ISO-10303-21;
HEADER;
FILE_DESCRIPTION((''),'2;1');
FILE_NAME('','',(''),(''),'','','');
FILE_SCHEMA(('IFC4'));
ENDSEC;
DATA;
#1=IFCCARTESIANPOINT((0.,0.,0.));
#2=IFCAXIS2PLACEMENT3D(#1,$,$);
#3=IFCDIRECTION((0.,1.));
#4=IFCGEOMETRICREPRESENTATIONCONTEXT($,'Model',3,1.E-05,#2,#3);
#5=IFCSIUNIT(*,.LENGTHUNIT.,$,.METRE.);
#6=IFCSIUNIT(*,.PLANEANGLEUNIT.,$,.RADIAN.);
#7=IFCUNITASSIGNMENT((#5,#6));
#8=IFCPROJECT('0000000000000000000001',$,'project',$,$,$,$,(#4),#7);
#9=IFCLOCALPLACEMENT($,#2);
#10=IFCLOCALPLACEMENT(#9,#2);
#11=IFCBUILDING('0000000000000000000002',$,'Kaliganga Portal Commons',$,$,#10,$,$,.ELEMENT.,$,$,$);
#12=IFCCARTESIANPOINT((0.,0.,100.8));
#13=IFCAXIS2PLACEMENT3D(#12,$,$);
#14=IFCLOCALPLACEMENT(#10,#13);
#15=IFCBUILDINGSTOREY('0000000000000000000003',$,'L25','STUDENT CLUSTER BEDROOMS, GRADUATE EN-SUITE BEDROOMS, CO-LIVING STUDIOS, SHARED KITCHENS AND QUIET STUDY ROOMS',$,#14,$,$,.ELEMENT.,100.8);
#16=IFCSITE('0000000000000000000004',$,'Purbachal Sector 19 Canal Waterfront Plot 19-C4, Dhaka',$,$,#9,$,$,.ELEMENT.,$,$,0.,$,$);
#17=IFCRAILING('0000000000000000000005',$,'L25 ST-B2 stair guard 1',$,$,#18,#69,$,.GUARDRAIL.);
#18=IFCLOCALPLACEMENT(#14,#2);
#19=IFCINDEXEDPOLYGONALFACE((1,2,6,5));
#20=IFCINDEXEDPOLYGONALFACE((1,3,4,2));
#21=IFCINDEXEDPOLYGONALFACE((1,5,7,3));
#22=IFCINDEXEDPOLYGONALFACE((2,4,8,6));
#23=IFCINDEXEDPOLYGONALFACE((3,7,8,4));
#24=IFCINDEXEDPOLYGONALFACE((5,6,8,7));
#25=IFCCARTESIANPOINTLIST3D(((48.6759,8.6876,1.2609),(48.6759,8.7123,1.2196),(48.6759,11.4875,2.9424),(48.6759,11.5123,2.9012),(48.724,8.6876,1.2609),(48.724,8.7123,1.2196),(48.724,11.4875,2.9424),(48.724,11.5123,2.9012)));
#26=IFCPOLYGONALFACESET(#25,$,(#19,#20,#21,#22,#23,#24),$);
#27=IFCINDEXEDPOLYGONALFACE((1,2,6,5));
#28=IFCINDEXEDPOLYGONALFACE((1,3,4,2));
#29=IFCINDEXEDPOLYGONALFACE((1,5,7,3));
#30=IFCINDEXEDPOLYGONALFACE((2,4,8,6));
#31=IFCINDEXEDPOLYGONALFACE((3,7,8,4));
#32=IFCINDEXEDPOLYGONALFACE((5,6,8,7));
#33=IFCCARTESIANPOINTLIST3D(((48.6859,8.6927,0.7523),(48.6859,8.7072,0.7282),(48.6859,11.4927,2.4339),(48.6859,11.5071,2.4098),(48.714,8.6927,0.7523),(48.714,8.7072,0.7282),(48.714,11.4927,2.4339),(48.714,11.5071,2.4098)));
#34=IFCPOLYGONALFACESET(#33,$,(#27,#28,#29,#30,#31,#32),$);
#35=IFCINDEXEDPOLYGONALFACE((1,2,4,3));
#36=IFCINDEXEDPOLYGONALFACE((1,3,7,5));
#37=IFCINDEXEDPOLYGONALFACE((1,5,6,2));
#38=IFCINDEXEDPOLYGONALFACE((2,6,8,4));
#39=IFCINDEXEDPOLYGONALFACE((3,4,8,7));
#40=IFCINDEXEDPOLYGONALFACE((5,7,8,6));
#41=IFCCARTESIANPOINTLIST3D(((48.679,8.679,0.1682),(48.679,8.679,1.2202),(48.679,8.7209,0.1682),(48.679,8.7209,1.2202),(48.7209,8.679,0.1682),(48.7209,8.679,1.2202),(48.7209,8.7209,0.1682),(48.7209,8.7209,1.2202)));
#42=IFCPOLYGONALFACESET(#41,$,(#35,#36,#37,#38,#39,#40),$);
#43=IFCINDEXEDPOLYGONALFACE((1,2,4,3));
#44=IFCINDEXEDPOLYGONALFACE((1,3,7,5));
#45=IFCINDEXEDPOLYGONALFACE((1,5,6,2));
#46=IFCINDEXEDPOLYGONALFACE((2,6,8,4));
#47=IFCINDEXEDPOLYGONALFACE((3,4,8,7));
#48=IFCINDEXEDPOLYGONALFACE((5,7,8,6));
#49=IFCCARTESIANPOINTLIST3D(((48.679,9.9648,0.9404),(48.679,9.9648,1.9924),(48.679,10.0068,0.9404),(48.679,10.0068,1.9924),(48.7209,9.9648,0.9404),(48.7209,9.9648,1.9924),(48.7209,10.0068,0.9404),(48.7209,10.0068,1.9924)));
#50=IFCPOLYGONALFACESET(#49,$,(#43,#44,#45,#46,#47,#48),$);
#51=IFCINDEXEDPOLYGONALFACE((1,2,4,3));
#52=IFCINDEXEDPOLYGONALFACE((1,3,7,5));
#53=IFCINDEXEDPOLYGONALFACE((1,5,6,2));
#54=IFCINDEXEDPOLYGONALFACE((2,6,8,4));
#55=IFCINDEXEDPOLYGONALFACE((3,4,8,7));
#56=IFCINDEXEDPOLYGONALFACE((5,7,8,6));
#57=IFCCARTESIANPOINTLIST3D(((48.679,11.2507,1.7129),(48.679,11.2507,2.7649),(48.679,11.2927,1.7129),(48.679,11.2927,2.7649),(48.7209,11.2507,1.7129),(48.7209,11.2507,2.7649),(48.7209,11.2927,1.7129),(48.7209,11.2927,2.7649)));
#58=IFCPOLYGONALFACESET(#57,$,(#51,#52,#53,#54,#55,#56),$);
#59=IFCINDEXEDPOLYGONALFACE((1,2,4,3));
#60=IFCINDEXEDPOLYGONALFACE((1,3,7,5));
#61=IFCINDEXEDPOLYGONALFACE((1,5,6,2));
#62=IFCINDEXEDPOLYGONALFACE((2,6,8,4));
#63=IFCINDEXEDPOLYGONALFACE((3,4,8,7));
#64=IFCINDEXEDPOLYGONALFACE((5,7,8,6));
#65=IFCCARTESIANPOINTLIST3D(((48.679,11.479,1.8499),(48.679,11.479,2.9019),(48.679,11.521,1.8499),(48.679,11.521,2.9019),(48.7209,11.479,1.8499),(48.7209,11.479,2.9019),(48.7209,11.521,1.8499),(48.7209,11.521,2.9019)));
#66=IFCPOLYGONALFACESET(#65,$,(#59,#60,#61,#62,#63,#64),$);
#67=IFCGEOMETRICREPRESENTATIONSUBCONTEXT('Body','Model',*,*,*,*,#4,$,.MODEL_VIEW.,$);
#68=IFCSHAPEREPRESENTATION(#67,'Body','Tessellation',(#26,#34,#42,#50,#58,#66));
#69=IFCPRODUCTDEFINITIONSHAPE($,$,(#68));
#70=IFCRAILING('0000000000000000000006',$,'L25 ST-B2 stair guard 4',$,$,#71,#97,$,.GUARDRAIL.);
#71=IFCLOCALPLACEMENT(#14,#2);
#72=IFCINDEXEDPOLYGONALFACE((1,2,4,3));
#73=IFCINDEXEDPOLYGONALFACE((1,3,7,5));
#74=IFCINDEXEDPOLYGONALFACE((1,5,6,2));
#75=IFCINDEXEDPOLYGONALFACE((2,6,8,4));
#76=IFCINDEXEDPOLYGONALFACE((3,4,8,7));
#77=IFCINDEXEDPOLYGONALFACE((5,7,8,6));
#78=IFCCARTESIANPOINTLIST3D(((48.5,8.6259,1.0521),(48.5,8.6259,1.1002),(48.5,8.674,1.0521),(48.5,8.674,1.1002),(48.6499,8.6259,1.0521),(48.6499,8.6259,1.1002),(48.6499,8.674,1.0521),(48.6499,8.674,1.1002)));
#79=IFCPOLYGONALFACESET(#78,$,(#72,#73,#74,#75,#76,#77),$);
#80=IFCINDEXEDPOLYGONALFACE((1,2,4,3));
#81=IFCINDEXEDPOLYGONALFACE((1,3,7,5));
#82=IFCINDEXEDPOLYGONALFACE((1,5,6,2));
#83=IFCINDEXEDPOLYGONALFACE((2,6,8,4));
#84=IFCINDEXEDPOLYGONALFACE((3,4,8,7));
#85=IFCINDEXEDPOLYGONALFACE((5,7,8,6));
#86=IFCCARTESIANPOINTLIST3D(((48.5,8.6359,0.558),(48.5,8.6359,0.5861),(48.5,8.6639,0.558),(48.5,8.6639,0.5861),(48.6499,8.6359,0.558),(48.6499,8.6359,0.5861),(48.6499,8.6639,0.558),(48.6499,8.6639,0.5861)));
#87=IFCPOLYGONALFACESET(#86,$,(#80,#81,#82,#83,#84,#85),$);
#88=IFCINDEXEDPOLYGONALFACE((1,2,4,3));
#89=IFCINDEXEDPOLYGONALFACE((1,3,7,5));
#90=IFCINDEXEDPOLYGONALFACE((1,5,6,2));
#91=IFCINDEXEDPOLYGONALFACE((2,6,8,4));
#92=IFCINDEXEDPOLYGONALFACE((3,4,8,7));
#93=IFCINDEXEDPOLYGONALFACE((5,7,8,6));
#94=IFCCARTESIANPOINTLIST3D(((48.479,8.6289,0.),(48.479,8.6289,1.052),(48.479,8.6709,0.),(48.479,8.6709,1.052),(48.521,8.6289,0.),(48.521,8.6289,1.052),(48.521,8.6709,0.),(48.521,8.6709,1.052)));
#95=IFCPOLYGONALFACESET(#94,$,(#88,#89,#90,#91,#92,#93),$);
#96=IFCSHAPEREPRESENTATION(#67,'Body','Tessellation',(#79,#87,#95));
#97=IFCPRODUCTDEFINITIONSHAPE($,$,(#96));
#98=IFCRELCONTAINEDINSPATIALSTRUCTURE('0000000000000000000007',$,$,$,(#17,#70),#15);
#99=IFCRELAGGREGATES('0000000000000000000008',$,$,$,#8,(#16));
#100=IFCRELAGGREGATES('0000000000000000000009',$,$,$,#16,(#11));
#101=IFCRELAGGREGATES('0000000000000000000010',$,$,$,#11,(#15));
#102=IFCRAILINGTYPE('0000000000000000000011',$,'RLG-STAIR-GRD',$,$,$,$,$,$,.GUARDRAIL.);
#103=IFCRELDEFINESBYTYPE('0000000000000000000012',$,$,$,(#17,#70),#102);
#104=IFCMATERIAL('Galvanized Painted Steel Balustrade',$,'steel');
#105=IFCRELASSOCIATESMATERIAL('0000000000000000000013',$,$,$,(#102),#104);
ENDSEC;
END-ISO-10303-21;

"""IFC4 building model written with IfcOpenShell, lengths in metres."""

from ifc_helpers import new_model, si_unit, direction, frame, origin, origin_2d, place, context, subcontext, project, spatial, rectangle, extrude, material, type_object, element, save


model = new_model("IFC4")

# Units and contexts
model_context = context("Model", 3, precision=1e-05, world=origin(), true_north=direction((0.0, 1.0)))
body_context = subcontext(model_context, "Body", "Model", "MODEL_VIEW")
ifc_project = project(units=[si_unit("LENGTHUNIT", "METRE"), si_unit("PLANEANGLEUNIT", "RADIAN")], contexts=[model_context])

# Site, building, storey
site_placement = place(None, origin())
site = spatial("IfcSite", under=ifc_project, at=site_placement, Name="Purbachal Sector 19 Canal Waterfront Plot 19-C4, Dhaka", CompositionType="ELEMENT", RefElevation=0.0)
building_placement = place(site_placement, origin())
building = spatial("IfcBuilding", under=site, at=building_placement, Name="Kaliganga Portal Commons", CompositionType="ELEMENT")
storey_placement = place(building_placement, frame((0.0, 0.0, 100.8)))
storey = spatial("IfcBuildingStorey", under=building, at=storey_placement, Name="L25", Description="STUDENT CLUSTER BEDROOMS, GRADUATE EN-SUITE BEDROOMS, CO-LIVING STUDIOS, SHARED KITCHENS AND QUIET STUDY ROOMS", CompositionType="ELEMENT", Elevation=100.8)

# Railings
ifc_material_1 = material(Name="Galvanized Painted Steel Balustrade", Category="steel")
railing_type = type_object("IfcRailingType", Name="RLG-STAIR-GRD", PredefinedType="GUARDRAIL", material=ifc_material_1)
railing_1_placement = place(storey_placement, frame((48.7, 8.7, 0.1682)))
element("IfcRailing", 1, at=railing_1_placement, inside=storey, type_object=railing_type, Name="L25 ST-B2 stair guard 1", PredefinedType="GUARDRAIL", context=body_context, shape_type="SweptSolid", body=[
    extrude(rectangle(XDim=0.0481, YDim=0.0481, at=origin_2d()), frame((0.0, 0.0, 1.072), z_axis=(0.0, 0.857275, 0.514858), x_axis=(-1.0, 0.0, 0.0)), (0.0, 0.0, 1.0), 3.2661),
    extrude(rectangle(XDim=0.0281, YDim=0.0281, at=origin_2d()), frame((0.0, 0.0, 0.572), z_axis=(0.0, 0.857275, 0.514858), x_axis=(-1.0, 0.0, 0.0)), (0.0, 0.0, 1.0), 3.2661),
    extrude(rectangle(XDim=0.042, YDim=0.042, at=origin_2d()), origin(), (0.0, 0.0, 1.0), 1.052),
    extrude(rectangle(XDim=0.042, YDim=0.042, at=origin_2d()), frame((0.0, 1.2859, 0.7722)), (0.0, 0.0, 1.0), 1.052),
    extrude(rectangle(XDim=0.042, YDim=0.042, at=origin_2d()), frame((0.0, 2.5718, 1.5447)), (0.0, 0.0, 1.0), 1.052),
    extrude(rectangle(XDim=0.042, YDim=0.042, at=origin_2d()), frame((0.0, 2.8, 1.6816)), (0.0, 0.0, 1.0), 1.052),
])
railing_2_placement = place(storey_placement, frame((48.6499, 8.6499, 0.0)))
element("IfcRailing", 2, at=railing_2_placement, inside=storey, type_object=railing_type, Name="L25 ST-B2 stair guard 4", PredefinedType="GUARDRAIL", context=body_context, shape_type="SweptSolid", body=[
    extrude(rectangle(XDim=0.0481, YDim=0.0481, at=origin_2d()), frame((0.0, 0.0, 1.0762), z_axis=(-1.0, 0.0, 0.0), x_axis=(0.0, -1.0, 0.0)), (0.0, 0.0, 1.0), 0.1499),
    extrude(rectangle(XDim=0.0281, YDim=0.0281, at=origin_2d()), frame((0.0, 0.0, 0.572), z_axis=(-1.0, 0.0, 0.0), x_axis=(0.0, -1.0, 0.0)), (0.0, 0.0, 1.0), 0.1499),
    extrude(rectangle(XDim=0.042, YDim=0.042, at=origin_2d()), frame((-0.1499, 0.0, 0.0)), (0.0, 0.0, 1.0), 1.052),
])

save(model, "model.ifc")
